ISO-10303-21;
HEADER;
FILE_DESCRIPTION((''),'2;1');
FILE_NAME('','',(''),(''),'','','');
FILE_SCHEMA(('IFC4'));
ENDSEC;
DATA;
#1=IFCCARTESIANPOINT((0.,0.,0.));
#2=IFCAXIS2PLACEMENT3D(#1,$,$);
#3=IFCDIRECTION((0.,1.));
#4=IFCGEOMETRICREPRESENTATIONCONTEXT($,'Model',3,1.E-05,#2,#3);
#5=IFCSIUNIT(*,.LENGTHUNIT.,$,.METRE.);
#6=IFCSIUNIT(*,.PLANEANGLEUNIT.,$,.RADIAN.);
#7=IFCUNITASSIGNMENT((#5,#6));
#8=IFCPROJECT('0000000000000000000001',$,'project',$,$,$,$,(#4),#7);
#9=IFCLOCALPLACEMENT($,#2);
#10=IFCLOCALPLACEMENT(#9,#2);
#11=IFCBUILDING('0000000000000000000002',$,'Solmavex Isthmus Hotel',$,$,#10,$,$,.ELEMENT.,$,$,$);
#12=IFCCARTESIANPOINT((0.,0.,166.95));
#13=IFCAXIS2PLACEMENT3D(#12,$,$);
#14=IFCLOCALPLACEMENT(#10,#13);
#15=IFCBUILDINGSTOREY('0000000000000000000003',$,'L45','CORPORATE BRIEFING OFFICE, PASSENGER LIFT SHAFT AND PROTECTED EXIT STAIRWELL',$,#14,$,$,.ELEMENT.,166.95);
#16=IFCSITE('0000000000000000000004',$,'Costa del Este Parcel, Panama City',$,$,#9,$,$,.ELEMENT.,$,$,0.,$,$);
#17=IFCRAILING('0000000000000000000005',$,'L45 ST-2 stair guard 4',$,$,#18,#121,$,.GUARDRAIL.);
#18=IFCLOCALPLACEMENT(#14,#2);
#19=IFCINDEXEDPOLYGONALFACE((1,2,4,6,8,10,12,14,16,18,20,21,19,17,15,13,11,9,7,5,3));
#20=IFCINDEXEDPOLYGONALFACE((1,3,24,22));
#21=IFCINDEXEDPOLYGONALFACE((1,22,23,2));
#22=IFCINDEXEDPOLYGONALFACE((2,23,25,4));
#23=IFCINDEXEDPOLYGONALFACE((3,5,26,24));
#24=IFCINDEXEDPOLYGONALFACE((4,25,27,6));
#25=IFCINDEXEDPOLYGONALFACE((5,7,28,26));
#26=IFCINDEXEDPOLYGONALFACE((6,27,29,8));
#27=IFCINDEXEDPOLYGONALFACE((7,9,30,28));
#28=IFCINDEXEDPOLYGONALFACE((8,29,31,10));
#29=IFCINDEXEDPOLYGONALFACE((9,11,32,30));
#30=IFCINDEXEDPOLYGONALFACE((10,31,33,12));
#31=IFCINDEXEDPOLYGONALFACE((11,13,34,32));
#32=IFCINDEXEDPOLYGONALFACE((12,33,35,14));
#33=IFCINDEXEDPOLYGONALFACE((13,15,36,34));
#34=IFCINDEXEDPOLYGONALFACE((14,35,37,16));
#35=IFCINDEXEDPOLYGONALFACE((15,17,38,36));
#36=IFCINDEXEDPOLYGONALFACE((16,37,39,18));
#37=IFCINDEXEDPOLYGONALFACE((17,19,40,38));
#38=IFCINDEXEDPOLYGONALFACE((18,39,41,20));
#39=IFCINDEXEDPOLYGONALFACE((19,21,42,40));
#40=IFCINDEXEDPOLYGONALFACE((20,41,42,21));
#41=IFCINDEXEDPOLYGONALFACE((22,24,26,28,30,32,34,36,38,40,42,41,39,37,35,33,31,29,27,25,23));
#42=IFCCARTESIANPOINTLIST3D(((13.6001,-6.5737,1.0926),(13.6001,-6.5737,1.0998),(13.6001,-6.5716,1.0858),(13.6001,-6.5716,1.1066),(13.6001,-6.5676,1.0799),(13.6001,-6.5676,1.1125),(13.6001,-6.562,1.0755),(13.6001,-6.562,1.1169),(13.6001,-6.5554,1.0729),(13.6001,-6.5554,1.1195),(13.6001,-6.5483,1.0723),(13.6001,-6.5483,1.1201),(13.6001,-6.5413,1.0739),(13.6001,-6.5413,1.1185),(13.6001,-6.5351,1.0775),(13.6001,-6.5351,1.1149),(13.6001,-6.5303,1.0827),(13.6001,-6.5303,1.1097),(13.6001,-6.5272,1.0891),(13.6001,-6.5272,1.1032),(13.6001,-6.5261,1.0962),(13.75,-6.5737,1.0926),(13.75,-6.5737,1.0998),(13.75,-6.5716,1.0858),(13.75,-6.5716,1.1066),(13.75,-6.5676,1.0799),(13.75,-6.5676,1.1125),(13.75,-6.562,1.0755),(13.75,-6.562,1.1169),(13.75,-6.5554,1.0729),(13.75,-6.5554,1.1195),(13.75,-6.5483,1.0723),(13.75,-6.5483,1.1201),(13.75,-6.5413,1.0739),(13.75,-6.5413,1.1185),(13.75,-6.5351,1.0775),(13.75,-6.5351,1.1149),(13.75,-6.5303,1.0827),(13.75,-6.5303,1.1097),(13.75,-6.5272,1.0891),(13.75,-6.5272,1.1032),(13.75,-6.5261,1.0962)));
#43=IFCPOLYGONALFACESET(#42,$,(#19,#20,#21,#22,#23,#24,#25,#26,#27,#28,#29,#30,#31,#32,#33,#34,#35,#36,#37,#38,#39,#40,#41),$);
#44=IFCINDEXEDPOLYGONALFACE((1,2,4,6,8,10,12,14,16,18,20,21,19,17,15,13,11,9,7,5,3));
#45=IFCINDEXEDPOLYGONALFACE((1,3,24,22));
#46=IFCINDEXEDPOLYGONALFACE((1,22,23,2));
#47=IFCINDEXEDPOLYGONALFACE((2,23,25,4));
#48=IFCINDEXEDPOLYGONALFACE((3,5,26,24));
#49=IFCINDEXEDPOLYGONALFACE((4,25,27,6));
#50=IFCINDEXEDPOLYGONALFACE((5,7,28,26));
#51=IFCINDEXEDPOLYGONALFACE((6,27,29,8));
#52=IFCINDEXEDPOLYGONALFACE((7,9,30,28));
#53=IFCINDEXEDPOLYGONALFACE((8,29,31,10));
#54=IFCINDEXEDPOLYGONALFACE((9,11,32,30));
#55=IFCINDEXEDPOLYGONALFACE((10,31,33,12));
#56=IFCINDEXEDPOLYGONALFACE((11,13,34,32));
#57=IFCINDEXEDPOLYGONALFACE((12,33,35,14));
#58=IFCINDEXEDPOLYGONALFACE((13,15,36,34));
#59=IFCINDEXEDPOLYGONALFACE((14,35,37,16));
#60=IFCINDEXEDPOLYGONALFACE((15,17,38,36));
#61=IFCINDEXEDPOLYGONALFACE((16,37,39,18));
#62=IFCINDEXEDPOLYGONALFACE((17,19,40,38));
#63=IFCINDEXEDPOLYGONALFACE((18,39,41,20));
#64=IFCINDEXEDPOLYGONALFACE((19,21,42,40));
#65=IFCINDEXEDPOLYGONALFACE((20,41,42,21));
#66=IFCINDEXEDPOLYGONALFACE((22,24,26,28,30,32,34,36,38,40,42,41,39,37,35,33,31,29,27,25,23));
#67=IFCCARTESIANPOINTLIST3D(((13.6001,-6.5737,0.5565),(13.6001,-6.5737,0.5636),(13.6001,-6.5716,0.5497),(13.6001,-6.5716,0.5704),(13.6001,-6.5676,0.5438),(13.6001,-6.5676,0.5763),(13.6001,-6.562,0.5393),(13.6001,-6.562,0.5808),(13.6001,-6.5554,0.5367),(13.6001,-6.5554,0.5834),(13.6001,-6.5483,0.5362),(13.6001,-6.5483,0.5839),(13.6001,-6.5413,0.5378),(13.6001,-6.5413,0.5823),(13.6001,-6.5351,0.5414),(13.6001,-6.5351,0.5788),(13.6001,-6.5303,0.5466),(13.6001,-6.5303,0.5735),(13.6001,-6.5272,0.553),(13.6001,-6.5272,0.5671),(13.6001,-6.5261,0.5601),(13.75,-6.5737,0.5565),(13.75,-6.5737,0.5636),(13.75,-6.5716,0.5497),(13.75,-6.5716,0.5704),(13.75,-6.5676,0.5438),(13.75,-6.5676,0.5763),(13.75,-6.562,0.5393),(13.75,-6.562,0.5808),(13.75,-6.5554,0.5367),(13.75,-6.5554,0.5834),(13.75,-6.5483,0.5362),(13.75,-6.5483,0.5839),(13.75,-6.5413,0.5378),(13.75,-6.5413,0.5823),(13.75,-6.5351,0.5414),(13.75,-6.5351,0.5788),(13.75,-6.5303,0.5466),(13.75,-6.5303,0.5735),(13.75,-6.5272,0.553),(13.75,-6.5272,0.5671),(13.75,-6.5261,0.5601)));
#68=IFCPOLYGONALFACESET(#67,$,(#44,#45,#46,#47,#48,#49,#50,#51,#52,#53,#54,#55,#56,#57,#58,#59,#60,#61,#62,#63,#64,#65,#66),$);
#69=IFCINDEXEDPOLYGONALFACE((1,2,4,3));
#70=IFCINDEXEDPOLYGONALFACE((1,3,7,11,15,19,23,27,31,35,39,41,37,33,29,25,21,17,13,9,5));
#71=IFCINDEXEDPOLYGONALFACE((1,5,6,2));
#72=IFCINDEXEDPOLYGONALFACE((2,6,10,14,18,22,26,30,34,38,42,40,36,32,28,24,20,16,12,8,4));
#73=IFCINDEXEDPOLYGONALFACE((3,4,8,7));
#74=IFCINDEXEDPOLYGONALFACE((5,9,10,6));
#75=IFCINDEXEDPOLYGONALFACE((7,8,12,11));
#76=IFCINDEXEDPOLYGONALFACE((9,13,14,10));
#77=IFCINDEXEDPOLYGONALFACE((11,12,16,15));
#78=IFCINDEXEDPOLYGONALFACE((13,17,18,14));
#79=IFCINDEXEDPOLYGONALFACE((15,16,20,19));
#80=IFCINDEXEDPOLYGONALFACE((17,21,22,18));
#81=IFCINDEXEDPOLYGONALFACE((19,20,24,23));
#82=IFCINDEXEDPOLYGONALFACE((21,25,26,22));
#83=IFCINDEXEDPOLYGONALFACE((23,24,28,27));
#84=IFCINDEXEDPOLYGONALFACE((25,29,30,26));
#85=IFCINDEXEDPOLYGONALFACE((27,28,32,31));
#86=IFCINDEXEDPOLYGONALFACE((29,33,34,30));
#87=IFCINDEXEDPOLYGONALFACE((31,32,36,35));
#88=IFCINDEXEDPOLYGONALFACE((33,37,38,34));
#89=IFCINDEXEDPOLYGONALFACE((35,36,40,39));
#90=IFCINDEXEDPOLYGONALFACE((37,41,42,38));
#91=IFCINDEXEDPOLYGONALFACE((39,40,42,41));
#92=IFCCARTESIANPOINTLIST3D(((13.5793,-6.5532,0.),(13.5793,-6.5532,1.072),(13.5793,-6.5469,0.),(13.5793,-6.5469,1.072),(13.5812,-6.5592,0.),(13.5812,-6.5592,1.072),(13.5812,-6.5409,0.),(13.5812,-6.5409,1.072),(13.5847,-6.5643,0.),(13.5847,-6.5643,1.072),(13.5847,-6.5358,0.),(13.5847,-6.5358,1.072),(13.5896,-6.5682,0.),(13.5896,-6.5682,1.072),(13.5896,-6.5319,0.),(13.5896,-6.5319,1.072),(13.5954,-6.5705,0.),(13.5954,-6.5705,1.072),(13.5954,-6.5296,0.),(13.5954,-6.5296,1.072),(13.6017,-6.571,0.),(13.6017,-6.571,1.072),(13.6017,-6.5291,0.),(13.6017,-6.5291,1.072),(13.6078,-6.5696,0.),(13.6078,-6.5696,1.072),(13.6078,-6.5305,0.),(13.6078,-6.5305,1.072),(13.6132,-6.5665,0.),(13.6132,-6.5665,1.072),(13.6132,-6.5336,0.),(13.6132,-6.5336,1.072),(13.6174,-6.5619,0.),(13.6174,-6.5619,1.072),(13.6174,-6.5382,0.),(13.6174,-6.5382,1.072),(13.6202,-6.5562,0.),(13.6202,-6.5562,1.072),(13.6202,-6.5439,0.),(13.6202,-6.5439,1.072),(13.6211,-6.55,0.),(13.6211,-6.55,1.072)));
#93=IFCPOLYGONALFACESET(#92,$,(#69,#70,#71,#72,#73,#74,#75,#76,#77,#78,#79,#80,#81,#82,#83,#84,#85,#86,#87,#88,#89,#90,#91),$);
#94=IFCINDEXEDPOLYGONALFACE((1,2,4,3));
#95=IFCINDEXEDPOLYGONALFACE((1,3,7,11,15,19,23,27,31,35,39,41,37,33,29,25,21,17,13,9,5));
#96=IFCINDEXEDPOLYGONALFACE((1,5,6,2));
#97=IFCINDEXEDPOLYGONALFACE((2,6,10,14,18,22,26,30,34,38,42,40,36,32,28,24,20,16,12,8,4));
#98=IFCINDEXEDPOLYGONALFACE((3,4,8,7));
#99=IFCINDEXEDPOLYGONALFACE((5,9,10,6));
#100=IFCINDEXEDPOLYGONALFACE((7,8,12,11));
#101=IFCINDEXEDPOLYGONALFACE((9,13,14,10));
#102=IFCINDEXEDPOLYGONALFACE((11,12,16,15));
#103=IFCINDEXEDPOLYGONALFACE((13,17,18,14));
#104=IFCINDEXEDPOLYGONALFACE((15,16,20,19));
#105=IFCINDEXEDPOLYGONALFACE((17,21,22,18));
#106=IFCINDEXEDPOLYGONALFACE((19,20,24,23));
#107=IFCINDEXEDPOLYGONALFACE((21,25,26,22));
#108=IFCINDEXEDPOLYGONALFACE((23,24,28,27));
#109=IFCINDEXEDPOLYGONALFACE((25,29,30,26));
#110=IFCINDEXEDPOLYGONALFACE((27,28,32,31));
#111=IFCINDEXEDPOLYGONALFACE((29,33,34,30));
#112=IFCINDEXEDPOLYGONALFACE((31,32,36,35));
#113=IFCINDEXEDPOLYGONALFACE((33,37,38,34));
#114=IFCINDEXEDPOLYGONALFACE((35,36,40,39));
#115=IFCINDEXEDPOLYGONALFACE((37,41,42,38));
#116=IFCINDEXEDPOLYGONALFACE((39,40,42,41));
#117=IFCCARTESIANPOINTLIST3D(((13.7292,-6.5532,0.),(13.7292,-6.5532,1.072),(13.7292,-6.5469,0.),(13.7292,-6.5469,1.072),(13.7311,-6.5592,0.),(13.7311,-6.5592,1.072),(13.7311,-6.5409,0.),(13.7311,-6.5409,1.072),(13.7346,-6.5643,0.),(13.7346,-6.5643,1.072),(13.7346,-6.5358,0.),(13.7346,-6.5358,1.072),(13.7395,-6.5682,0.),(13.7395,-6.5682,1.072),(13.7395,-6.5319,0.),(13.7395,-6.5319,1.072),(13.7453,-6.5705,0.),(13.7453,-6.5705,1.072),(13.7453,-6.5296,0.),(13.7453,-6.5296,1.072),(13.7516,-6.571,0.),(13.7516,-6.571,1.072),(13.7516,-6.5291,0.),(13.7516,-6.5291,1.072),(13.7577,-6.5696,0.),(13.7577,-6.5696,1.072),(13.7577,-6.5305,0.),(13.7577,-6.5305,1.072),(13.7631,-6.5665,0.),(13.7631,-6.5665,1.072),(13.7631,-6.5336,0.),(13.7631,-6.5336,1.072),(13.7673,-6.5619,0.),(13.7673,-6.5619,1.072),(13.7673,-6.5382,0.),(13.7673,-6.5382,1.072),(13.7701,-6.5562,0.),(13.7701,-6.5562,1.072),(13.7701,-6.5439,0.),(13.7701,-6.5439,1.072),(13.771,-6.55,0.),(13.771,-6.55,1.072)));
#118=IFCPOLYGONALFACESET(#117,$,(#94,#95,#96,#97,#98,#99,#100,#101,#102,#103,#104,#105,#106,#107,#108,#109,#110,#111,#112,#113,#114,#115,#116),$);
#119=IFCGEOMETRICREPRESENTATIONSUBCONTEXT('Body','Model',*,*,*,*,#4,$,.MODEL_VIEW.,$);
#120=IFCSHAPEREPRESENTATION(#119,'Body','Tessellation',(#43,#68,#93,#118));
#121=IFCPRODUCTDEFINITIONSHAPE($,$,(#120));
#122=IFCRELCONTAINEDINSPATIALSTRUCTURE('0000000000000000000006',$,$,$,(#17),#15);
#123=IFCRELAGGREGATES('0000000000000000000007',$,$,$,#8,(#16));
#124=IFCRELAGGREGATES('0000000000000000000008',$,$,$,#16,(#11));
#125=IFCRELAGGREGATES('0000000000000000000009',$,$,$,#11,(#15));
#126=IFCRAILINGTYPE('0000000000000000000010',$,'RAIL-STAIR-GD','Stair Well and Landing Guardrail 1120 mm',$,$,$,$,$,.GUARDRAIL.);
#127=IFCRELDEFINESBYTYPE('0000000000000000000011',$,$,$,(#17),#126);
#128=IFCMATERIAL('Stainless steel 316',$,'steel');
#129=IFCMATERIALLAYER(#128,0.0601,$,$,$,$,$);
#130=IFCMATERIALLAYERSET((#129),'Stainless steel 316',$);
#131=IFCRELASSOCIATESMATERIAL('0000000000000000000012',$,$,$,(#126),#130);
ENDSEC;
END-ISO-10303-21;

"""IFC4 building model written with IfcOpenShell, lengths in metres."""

from ifc_helpers import new_model, si_unit, direction, frame, origin, origin_2d, place, context, subcontext, project, spatial, circle, extrude, material, layer, layer_set, type_object, element, save


model = new_model("IFC4")

# Units and contexts
model_context = context("Model", 3, precision=1e-05, world=origin(), true_north=direction((0.0, 1.0)))
body_context = subcontext(model_context, "Body", "Model", "MODEL_VIEW")
ifc_project = project(units=[si_unit("LENGTHUNIT", "METRE"), si_unit("PLANEANGLEUNIT", "RADIAN")], contexts=[model_context])

# Site, building, storey
site_placement = place(None, origin())
site = spatial("IfcSite", under=ifc_project, at=site_placement, Name="Costa del Este Parcel, Panama City", CompositionType="ELEMENT", RefElevation=0.0)
building_placement = place(site_placement, origin())
building = spatial("IfcBuilding", under=site, at=building_placement, Name="Solmavex Isthmus Hotel", CompositionType="ELEMENT")
storey_placement = place(building_placement, frame((0.0, 0.0, 166.95)))
storey = spatial("IfcBuildingStorey", under=building, at=storey_placement, Name="L45", Description="CORPORATE BRIEFING OFFICE, PASSENGER LIFT SHAFT AND PROTECTED EXIT STAIRWELL", CompositionType="ELEMENT", Elevation=166.95)

# Shared definitions
ifc_material_1 = material(Name="Stainless steel 316", Category="steel")

# Railing
ifc_layer_1 = layer(ifc_material_1, 0.0601)
ifc_layer_set_1 = layer_set([ifc_layer_1], Name="Stainless steel 316")
railing_type_1 = type_object("IfcRailingType", Name="RAIL-STAIR-GD", Description="Stair Well and Landing Guardrail 1120 mm", PredefinedType="GUARDRAIL", material=ifc_layer_set_1)
for number, where, name in (
    (1, (13.6001, -6.55, 0.0), "L45 ST-2 stair guard 4"),
):
    element("IfcRailing", number, at=place(storey_placement, frame(where)), inside=storey, type_object=railing_type_1, Name=name, PredefinedType="GUARDRAIL", context=body_context, shape_type="SweptSolid", body=[
        extrude(circle(Radius=0.0239, at=origin_2d()), frame((0.0, 0.0, 1.0962), z_axis=(1.0, 0.0, 0.0), x_axis=(0.0, 1.0, 0.0)), (0.0, 0.0, 1.0), 0.1499),
        extrude(circle(Radius=0.0239, at=origin_2d()), frame((0.0, 0.0, 0.5601), z_axis=(1.0, 0.0, 0.0), x_axis=(0.0, 1.0, 0.0)), (0.0, 0.0, 1.0), 0.1499),
        extrude(circle(Radius=0.021, at=origin_2d()), origin(), (0.0, 0.0, 1.0), 1.072),
        extrude(circle(Radius=0.021, at=origin_2d()), frame((0.1499, 0.0, 0.0)), (0.0, 0.0, 1.0), 1.072),
    ])

save(model, "model.ifc")
